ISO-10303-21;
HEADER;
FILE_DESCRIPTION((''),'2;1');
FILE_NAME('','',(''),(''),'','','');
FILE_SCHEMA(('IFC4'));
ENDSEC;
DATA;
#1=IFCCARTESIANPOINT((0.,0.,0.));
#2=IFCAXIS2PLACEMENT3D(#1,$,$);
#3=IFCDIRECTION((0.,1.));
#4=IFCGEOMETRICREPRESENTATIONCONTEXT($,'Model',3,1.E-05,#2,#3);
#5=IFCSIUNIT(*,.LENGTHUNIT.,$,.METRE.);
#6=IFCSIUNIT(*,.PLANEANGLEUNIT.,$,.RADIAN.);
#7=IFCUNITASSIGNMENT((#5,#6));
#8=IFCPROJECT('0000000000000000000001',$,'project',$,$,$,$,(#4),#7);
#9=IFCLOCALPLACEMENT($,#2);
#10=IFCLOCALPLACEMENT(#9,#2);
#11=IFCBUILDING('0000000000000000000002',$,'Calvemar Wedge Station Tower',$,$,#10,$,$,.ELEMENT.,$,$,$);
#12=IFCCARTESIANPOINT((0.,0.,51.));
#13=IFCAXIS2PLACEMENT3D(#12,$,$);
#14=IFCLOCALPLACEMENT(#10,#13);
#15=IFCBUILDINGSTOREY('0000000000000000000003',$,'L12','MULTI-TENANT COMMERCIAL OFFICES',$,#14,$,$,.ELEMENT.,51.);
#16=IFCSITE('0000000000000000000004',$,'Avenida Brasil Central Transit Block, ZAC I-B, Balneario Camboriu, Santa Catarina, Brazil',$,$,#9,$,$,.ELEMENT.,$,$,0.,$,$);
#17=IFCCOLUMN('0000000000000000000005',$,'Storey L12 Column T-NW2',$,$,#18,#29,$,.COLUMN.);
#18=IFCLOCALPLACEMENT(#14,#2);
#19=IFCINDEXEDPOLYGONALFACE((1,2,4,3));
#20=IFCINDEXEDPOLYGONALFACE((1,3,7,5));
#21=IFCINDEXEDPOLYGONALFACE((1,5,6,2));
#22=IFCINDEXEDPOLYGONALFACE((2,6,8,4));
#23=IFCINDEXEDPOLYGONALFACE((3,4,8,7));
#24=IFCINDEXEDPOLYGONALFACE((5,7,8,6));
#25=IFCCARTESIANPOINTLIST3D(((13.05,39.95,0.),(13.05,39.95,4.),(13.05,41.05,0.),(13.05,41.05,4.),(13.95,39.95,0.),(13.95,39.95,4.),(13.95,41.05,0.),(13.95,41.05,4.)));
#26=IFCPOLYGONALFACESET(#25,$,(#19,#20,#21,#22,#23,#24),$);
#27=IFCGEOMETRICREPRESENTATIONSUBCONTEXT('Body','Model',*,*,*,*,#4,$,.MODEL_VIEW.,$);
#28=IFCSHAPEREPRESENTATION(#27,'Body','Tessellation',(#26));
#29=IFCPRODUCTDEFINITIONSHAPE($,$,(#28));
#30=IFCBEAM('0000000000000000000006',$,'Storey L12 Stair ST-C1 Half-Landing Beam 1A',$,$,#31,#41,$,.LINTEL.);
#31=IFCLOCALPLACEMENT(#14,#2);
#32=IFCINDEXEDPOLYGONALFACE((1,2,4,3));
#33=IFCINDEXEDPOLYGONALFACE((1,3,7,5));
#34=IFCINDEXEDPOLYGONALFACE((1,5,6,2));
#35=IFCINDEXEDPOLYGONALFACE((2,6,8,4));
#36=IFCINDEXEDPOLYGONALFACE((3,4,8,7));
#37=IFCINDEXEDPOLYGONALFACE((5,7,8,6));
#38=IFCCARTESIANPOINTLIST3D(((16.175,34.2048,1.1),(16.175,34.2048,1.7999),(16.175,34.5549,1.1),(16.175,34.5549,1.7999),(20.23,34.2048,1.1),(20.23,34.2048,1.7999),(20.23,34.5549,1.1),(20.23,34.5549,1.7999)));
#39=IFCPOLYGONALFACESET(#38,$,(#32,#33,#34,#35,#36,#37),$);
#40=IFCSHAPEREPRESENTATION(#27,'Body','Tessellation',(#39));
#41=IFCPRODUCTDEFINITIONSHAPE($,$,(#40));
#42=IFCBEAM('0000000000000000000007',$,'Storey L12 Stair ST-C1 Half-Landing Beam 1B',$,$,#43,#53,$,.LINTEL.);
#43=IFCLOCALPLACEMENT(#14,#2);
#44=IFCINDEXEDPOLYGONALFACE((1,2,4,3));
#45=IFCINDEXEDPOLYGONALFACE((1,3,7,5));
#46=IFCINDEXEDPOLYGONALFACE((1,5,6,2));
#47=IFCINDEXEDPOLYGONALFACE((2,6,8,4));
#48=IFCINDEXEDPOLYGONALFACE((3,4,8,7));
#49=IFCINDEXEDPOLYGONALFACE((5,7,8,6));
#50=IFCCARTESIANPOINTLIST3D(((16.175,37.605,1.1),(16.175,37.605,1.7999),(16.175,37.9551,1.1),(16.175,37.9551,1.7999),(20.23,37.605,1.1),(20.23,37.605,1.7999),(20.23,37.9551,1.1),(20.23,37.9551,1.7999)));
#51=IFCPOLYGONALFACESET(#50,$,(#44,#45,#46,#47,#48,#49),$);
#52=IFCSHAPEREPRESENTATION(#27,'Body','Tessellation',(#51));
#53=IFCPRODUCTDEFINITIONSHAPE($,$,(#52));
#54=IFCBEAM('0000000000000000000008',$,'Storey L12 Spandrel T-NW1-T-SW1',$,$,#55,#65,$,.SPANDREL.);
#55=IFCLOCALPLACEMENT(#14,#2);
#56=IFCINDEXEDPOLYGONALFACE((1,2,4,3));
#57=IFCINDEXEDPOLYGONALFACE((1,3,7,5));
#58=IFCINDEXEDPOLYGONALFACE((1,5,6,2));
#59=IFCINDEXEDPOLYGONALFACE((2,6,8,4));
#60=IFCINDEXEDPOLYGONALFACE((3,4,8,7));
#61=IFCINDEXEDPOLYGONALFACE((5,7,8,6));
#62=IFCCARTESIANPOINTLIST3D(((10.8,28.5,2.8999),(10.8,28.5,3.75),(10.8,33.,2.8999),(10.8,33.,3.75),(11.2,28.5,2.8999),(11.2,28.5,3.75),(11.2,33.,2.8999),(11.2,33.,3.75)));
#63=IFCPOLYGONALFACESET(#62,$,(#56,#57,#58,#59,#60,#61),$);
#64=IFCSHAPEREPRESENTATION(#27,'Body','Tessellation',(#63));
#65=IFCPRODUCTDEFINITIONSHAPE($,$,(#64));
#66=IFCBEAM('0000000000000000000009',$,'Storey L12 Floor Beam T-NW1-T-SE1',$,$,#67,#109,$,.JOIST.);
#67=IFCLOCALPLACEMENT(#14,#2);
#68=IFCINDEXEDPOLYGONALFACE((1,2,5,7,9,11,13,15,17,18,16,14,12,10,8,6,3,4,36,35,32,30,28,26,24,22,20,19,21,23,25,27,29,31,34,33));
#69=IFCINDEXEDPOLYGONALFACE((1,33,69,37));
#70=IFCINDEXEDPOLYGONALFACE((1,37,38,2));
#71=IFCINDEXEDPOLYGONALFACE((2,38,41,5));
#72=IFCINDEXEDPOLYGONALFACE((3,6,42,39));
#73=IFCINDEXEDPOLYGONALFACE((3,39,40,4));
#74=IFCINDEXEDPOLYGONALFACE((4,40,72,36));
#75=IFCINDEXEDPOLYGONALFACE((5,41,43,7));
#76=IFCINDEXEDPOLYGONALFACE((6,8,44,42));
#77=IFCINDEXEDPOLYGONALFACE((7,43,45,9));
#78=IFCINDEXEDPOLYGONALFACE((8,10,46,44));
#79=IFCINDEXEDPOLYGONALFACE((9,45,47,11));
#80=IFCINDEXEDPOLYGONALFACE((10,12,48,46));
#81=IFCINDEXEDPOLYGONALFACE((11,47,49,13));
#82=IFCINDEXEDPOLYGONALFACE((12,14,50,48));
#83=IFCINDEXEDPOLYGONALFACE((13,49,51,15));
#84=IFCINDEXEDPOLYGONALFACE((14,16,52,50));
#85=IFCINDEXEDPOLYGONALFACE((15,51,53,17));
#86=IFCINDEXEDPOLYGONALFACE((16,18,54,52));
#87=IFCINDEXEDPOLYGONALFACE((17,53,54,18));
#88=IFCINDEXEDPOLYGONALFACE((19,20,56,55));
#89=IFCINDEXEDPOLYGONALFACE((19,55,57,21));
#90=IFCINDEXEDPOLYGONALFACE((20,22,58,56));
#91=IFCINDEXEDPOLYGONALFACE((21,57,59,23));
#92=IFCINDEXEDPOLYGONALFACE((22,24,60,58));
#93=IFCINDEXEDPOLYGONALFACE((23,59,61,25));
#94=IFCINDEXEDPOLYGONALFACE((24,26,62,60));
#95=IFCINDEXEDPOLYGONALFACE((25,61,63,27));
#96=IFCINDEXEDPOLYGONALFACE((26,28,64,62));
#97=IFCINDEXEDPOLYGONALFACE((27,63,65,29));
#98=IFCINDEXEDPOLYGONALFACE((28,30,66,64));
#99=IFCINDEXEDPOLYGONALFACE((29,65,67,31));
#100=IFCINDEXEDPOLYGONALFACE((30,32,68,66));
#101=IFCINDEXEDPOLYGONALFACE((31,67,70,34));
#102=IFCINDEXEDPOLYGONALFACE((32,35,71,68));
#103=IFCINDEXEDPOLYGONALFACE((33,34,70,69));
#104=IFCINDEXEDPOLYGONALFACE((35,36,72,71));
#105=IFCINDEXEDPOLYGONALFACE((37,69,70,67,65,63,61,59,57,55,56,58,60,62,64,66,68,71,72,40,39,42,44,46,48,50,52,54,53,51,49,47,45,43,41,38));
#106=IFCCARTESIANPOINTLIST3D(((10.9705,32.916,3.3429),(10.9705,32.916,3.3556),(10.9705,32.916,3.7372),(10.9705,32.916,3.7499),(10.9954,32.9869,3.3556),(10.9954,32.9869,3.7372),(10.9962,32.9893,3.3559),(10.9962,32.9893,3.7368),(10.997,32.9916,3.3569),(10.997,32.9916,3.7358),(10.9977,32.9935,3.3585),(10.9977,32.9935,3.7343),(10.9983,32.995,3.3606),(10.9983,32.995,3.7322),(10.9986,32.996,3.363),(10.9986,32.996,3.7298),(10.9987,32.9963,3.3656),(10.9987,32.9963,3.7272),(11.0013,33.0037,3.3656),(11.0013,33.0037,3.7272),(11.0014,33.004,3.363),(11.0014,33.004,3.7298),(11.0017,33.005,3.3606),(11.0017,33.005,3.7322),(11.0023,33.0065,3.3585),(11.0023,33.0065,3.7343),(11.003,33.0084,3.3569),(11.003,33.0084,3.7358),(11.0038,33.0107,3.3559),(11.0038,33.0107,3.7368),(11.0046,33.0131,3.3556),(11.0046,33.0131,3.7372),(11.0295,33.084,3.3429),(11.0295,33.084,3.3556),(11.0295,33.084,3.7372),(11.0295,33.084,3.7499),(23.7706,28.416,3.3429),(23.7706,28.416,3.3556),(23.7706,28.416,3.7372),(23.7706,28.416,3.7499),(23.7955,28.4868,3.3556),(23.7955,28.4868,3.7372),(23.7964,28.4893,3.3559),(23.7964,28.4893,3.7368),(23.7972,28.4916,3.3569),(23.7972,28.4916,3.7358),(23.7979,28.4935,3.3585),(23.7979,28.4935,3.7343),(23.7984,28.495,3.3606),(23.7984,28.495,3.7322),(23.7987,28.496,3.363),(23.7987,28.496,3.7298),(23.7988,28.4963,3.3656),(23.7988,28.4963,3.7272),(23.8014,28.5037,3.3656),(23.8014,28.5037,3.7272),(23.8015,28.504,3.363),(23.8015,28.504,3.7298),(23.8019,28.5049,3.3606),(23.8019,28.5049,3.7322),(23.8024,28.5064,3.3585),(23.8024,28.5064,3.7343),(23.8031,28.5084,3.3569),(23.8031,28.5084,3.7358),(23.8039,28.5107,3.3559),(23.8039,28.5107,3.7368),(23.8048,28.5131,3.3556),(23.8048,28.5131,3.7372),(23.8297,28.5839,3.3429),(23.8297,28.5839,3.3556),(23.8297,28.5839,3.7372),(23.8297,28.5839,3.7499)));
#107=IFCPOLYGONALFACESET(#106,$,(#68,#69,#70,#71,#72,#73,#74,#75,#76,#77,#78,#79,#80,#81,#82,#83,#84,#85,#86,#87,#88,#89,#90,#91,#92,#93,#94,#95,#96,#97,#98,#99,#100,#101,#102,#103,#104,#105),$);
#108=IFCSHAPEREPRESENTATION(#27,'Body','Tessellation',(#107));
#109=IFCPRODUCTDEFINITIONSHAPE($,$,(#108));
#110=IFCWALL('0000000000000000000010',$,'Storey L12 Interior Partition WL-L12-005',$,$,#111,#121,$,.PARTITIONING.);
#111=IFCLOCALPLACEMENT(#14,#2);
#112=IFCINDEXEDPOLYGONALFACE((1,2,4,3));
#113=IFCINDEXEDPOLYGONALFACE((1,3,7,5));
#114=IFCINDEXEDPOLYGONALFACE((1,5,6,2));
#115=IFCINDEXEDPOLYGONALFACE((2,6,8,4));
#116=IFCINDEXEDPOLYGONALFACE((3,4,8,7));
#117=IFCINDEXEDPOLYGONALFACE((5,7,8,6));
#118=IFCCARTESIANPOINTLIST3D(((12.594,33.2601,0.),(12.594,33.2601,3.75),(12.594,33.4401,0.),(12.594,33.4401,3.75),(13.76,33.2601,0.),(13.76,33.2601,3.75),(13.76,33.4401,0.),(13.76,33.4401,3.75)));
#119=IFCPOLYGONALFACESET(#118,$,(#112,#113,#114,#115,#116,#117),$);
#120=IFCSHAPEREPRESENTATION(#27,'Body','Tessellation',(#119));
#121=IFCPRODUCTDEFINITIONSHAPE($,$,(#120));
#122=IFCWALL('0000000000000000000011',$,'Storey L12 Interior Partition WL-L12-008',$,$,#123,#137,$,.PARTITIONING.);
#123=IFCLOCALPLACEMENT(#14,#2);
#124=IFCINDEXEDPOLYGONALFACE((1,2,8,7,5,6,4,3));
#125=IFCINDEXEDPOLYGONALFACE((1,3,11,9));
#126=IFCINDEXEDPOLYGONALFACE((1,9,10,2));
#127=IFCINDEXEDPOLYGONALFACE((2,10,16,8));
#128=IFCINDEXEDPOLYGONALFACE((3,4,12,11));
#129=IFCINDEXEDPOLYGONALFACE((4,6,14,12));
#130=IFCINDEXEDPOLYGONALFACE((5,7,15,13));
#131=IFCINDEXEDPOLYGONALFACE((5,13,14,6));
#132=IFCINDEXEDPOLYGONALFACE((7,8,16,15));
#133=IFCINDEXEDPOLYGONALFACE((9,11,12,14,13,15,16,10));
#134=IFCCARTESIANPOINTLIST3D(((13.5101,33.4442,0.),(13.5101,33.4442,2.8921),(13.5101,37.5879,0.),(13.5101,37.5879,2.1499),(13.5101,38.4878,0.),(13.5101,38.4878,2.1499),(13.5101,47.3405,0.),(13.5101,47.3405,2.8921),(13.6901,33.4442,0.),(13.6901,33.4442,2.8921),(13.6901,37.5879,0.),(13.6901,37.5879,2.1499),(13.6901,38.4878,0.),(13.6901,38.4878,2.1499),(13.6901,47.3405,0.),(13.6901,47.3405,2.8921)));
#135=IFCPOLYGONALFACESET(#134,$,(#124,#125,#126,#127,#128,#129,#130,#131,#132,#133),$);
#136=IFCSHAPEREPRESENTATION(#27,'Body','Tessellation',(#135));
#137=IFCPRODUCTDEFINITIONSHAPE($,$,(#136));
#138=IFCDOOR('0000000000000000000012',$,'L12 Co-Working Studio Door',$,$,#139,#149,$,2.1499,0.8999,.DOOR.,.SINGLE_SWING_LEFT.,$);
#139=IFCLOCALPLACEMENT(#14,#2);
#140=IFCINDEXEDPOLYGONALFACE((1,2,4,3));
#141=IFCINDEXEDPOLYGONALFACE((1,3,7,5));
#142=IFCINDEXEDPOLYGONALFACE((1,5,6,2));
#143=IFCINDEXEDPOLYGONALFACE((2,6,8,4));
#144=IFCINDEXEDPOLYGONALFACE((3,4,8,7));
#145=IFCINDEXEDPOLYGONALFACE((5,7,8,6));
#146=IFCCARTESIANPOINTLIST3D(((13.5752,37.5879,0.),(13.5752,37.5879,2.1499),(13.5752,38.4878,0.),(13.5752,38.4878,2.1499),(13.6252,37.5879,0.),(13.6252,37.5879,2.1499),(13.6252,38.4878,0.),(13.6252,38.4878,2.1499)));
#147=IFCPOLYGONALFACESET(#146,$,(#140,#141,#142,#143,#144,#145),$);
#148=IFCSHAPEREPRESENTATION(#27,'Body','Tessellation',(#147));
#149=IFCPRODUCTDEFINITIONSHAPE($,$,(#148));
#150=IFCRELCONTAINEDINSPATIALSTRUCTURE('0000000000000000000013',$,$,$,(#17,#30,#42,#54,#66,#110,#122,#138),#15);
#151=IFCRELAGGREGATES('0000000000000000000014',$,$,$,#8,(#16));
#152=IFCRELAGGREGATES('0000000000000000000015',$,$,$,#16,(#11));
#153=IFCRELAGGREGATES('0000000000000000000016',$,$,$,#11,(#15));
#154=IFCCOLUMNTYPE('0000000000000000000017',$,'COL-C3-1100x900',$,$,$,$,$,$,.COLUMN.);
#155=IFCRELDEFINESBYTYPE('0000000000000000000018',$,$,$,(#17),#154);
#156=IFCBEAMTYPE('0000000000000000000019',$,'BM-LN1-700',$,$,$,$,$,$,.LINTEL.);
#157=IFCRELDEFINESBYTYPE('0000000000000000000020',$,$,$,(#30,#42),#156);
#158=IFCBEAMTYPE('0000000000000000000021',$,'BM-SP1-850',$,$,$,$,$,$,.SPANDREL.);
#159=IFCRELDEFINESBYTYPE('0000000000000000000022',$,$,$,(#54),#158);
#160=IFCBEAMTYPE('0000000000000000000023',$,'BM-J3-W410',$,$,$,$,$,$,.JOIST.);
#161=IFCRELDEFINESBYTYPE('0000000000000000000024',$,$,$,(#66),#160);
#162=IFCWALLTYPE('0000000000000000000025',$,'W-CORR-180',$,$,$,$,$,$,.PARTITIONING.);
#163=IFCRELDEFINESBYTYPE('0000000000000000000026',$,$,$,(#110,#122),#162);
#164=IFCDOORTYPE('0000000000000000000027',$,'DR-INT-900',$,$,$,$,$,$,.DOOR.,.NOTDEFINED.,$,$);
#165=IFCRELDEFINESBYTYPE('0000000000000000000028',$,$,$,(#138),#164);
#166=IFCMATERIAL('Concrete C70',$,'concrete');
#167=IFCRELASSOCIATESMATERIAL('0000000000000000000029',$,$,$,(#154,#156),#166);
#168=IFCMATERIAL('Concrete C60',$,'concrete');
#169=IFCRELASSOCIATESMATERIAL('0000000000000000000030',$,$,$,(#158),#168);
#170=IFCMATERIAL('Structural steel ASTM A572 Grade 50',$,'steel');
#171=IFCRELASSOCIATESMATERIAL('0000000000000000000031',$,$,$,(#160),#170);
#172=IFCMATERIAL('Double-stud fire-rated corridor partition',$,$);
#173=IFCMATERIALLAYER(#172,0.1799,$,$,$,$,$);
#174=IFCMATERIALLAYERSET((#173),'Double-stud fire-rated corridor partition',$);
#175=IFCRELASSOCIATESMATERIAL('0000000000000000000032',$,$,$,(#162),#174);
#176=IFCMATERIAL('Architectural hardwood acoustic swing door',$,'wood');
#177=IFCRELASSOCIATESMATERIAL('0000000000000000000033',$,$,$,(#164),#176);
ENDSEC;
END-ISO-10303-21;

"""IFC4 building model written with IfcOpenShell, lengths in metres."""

from ifc_helpers import new_model, si_unit, direction, frame, frame_2d, origin, origin_2d, place, context, subcontext, project, spatial, rectangle, i_section, extrude, source, transform, mapped, material, layer, layer_set, material_profile, profile_set, type_object, element, fill, save


model = new_model("IFC4")

# Units and contexts
model_context = context("Model", 3, precision=1e-05, world=origin(), true_north=direction((0.0, 1.0)))
body_context = subcontext(model_context, "Body", "Model", "MODEL_VIEW")
ifc_project = project(units=[si_unit("LENGTHUNIT", "METRE"), si_unit("PLANEANGLEUNIT", "RADIAN")], contexts=[model_context])

# Site, building, storey
site_placement = place(None, origin())
site = spatial("IfcSite", under=ifc_project, at=site_placement, Name="Avenida Brasil Central Transit Block, ZAC I-B, Balneario Camboriu, Santa Catarina, Brazil", CompositionType="ELEMENT", RefElevation=0.0)
building_placement = place(site_placement, origin())
building = spatial("IfcBuilding", under=site, at=building_placement, Name="Calvemar Wedge Station Tower", CompositionType="ELEMENT")
storey_placement = place(building_placement, frame((0.0, 0.0, 51.0)))
storey = spatial("IfcBuildingStorey", under=building, at=storey_placement, Name="L12", Description="MULTI-TENANT COMMERCIAL OFFICES", CompositionType="ELEMENT", Elevation=51.0)

# Column
ifc_material_1 = material(Name="Concrete C70", Category="concrete")
ifc_material_profile_1 = material_profile(ifc_material_1, rectangle(XDim=0.8999, YDim=1.1001, at=origin_2d()), Name="RC1100x900")
ifc_profile_set_1 = profile_set([ifc_material_profile_1], Name="Concrete C70")
column_type = type_object("IfcColumnType", Name="COL-C3-1100x900", PredefinedType="COLUMN", material=ifc_profile_set_1)
shared_shape_1 = source(origin(), body_context, "Body", "SweptSolid", [
    extrude(rectangle(XDim=0.8999, YDim=1.1001, at=origin_2d()), origin(), (0.0, 0.0, 1.0), 4.0),
])
column_placement = place(storey_placement, frame((13.5, 40.5, 0.0), z_axis=(0.0, 0.0, 1.0), x_axis=(1.0, 0.0, 0.0)))
element("IfcColumn", 1, at=column_placement, inside=storey, type_object=column_type, Name="Storey L12 Column T-NW2", PredefinedType="COLUMN", context=body_context, shape_type="MappedRepresentation", body=[
    mapped(shared_shape_1, transform((0.0, 0.0, 0.0), scale=1.0)),
])

# Beams
ifc_material_profile_2 = material_profile(ifc_material_1, rectangle(XDim=0.3501, YDim=0.7, at=origin_2d()), Name="RC350x700")
ifc_profile_set_2 = profile_set([ifc_material_profile_2], Name="Concrete C70")
beam_type_1 = type_object("IfcBeamType", Name="BM-LN1-700", PredefinedType="LINTEL", material=ifc_profile_set_2)
shared_shape_2 = source(origin(), body_context, "Body", "SweptSolid", [
    extrude(rectangle(XDim=0.3501, YDim=0.7, at=origin_2d()), origin(), (0.0, 0.0, 1.0), 4.0549),
])
for number, where, z_axis, x_axis, name in (
    (2, (16.175, 34.3799, 1.45), (1.0, 0.0, 0.0), (0.0, 1.0, 0.0), "Storey L12 Stair ST-C1 Half-Landing Beam 1A"),
    (3, (16.175, 37.78, 1.45), (1.0, 0.0, 0.0), (0.0, 1.0, 0.0), "Storey L12 Stair ST-C1 Half-Landing Beam 1B"),
):
    element("IfcBeam", number, at=place(storey_placement, frame(where, z_axis=z_axis, x_axis=x_axis)), inside=storey, type_object=beam_type_1, Name=name, PredefinedType="LINTEL", context=body_context, shape_type="MappedRepresentation", body=[
        mapped(shared_shape_2, transform((0.0, 0.0, 0.0), scale=1.0)),
    ])
ifc_material_2 = material(Name="Concrete C60", Category="concrete")
ifc_material_profile_3 = material_profile(ifc_material_2, rectangle(XDim=0.3999, YDim=0.8501, at=origin_2d()), Name="RC400x850")
ifc_profile_set_3 = profile_set([ifc_material_profile_3], Name="Concrete C60")
beam_type_2 = type_object("IfcBeamType", Name="BM-SP1-850", PredefinedType="SPANDREL", material=ifc_profile_set_3)
shared_shape_3 = source(origin(), body_context, "Body", "SweptSolid", [
    extrude(rectangle(XDim=0.3999, YDim=0.8501, at=origin_2d()), origin(), (0.0, 0.0, 1.0), 4.5),
])
beam_1_placement = place(storey_placement, frame((11.0, 33.0, 3.325), z_axis=(0.0, -1.0, 0.0), x_axis=(1.0, 0.0, 0.0)))
element("IfcBeam", 4, at=beam_1_placement, inside=storey, type_object=beam_type_2, Name="Storey L12 Spandrel T-NW1-T-SW1", PredefinedType="SPANDREL", context=body_context, shape_type="MappedRepresentation", body=[
    mapped(shared_shape_3, transform((0.0, 0.0, 0.0), scale=1.0)),
])
ifc_material_3 = material(Name="Structural steel ASTM A572 Grade 50", Category="steel")
ifc_material_profile_4 = material_profile(ifc_material_3, i_section(OverallWidth=0.178, OverallDepth=0.407, WebThickness=0.0078, FlangeThickness=0.0127, FilletRadius=0.01, at=origin_2d()), Name="W410x60")
ifc_profile_set_4 = profile_set([ifc_material_profile_4], Name="Structural steel ASTM A572 Grade 50")
beam_type_3 = type_object("IfcBeamType", Name="BM-J3-W410", PredefinedType="JOIST", material=ifc_profile_set_4)
shared_shape_4 = source(origin(), body_context, "Body", "SweptSolid", [
    extrude(i_section(OverallWidth=0.178, OverallDepth=0.407, WebThickness=0.0078, FlangeThickness=0.0127, FilletRadius=0.01, at=origin_2d()), origin(), (0.0, 0.0, 1.0), 13.5681),
])
beam_2_placement = place(storey_placement, frame((11.0, 33.0, 3.5464), z_axis=(0.943398, -0.331662, 0.0), x_axis=(0.331662, 0.943398, 0.0)))
element("IfcBeam", 5, at=beam_2_placement, inside=storey, type_object=beam_type_3, Name="Storey L12 Floor Beam T-NW1-T-SE1", PredefinedType="JOIST", context=body_context, shape_type="MappedRepresentation", body=[
    mapped(shared_shape_4, transform((0.0, 0.0, 0.0), scale=1.0)),
])

# Wall
ifc_material_4 = material(Name="Double-stud fire-rated corridor partition")
ifc_layer_1 = layer(ifc_material_4, 0.1799)
ifc_layer_set_1 = layer_set([ifc_layer_1], Name="Double-stud fire-rated corridor partition")
wall_type_1 = type_object("IfcWallType", Name="W-CORR-180", PredefinedType="PARTITIONING", material=ifc_layer_set_1)
wall_1_placement = place(storey_placement, frame((12.594, 33.3501, 0.0), z_axis=(0.0, 0.0, 1.0), x_axis=(1.0, 0.0, 0.0)))
element("IfcWall", 6, at=wall_1_placement, inside=storey, type_object=wall_type_1, Name="Storey L12 Interior Partition WL-L12-005", PredefinedType="PARTITIONING", context=body_context, shape_type="SweptSolid", body=[
    extrude(rectangle(XDim=1.166, YDim=0.1799, at=frame_2d((0.583, 0.0))), origin(), (0.0, 0.0, 1.0), 3.75),
])

# Wall, opening, door
wall_2_placement = place(storey_placement, frame((13.6001, 33.4441, 0.0), z_axis=(0.0, 0.0, 1.0), x_axis=(0.0, 1.0, 0.0)))
wall_2 = element("IfcWall", 7, at=wall_2_placement, inside=storey, type_object=wall_type_1, Name="Storey L12 Interior Partition WL-L12-008", PredefinedType="PARTITIONING", context=body_context, shape_type="SweptSolid", body=[
    extrude(rectangle(XDim=13.8962, YDim=0.1799, at=frame_2d((6.9482, 0.0))), origin(), (0.0, 0.0, 1.0), 2.8921),
])
shared_shape_5 = source(origin(), body_context, "Body", "SweptSolid", [
    extrude(rectangle(XDim=0.8999, YDim=2.1499, at=frame_2d((0.45, 1.075))), frame((0.0, 0.1001, 0.0), z_axis=(0.0, -1.0, 0.0), x_axis=(1.0, 0.0, 0.0)), (0.0, 0.0, 1.0), 0.2),
])
opening_1_placement = place(wall_2_placement, frame((4.1438, 0.0, 0.0)))
opening_1 = element("IfcOpeningElement", 8, at=opening_1_placement, cuts=wall_2, PredefinedType="OPENING", context=body_context, shape_type="MappedRepresentation", body=[
    mapped(shared_shape_5, transform((0.0, 0.0, 0.0), scale=1.0)),
])
ifc_material_5 = material(Name="Architectural hardwood acoustic swing door", Category="wood")
door_type_1 = type_object("IfcDoorType", Name="DR-INT-900", OperationType="NOTDEFINED", PredefinedType="DOOR", material=ifc_material_5)
shared_shape_6 = source(origin(), body_context, "Body", "SweptSolid", [
    extrude(rectangle(XDim=0.8999, YDim=2.1499, at=frame_2d((0.45, 1.075))), frame((0.0, 0.0249, 0.0), z_axis=(0.0, -1.0, 0.0), x_axis=(1.0, 0.0, 0.0)), (0.0, 0.0, 1.0), 0.05),
])
door_1_placement = place(opening_1_placement, origin())
door_1 = element("IfcDoor", 9, at=door_1_placement, inside=storey, type_object=door_type_1, Name="L12 Co-Working Studio Door", OperationType="SINGLE_SWING_LEFT", OverallHeight=2.1499, OverallWidth=0.8999, PredefinedType="DOOR", context=body_context, shape_type="MappedRepresentation", body=[
    mapped(shared_shape_6, transform((0.0, 0.0, 0.0), scale=1.0)),
])
fill(opening_1, door_1)

save(model, "model.ifc")
